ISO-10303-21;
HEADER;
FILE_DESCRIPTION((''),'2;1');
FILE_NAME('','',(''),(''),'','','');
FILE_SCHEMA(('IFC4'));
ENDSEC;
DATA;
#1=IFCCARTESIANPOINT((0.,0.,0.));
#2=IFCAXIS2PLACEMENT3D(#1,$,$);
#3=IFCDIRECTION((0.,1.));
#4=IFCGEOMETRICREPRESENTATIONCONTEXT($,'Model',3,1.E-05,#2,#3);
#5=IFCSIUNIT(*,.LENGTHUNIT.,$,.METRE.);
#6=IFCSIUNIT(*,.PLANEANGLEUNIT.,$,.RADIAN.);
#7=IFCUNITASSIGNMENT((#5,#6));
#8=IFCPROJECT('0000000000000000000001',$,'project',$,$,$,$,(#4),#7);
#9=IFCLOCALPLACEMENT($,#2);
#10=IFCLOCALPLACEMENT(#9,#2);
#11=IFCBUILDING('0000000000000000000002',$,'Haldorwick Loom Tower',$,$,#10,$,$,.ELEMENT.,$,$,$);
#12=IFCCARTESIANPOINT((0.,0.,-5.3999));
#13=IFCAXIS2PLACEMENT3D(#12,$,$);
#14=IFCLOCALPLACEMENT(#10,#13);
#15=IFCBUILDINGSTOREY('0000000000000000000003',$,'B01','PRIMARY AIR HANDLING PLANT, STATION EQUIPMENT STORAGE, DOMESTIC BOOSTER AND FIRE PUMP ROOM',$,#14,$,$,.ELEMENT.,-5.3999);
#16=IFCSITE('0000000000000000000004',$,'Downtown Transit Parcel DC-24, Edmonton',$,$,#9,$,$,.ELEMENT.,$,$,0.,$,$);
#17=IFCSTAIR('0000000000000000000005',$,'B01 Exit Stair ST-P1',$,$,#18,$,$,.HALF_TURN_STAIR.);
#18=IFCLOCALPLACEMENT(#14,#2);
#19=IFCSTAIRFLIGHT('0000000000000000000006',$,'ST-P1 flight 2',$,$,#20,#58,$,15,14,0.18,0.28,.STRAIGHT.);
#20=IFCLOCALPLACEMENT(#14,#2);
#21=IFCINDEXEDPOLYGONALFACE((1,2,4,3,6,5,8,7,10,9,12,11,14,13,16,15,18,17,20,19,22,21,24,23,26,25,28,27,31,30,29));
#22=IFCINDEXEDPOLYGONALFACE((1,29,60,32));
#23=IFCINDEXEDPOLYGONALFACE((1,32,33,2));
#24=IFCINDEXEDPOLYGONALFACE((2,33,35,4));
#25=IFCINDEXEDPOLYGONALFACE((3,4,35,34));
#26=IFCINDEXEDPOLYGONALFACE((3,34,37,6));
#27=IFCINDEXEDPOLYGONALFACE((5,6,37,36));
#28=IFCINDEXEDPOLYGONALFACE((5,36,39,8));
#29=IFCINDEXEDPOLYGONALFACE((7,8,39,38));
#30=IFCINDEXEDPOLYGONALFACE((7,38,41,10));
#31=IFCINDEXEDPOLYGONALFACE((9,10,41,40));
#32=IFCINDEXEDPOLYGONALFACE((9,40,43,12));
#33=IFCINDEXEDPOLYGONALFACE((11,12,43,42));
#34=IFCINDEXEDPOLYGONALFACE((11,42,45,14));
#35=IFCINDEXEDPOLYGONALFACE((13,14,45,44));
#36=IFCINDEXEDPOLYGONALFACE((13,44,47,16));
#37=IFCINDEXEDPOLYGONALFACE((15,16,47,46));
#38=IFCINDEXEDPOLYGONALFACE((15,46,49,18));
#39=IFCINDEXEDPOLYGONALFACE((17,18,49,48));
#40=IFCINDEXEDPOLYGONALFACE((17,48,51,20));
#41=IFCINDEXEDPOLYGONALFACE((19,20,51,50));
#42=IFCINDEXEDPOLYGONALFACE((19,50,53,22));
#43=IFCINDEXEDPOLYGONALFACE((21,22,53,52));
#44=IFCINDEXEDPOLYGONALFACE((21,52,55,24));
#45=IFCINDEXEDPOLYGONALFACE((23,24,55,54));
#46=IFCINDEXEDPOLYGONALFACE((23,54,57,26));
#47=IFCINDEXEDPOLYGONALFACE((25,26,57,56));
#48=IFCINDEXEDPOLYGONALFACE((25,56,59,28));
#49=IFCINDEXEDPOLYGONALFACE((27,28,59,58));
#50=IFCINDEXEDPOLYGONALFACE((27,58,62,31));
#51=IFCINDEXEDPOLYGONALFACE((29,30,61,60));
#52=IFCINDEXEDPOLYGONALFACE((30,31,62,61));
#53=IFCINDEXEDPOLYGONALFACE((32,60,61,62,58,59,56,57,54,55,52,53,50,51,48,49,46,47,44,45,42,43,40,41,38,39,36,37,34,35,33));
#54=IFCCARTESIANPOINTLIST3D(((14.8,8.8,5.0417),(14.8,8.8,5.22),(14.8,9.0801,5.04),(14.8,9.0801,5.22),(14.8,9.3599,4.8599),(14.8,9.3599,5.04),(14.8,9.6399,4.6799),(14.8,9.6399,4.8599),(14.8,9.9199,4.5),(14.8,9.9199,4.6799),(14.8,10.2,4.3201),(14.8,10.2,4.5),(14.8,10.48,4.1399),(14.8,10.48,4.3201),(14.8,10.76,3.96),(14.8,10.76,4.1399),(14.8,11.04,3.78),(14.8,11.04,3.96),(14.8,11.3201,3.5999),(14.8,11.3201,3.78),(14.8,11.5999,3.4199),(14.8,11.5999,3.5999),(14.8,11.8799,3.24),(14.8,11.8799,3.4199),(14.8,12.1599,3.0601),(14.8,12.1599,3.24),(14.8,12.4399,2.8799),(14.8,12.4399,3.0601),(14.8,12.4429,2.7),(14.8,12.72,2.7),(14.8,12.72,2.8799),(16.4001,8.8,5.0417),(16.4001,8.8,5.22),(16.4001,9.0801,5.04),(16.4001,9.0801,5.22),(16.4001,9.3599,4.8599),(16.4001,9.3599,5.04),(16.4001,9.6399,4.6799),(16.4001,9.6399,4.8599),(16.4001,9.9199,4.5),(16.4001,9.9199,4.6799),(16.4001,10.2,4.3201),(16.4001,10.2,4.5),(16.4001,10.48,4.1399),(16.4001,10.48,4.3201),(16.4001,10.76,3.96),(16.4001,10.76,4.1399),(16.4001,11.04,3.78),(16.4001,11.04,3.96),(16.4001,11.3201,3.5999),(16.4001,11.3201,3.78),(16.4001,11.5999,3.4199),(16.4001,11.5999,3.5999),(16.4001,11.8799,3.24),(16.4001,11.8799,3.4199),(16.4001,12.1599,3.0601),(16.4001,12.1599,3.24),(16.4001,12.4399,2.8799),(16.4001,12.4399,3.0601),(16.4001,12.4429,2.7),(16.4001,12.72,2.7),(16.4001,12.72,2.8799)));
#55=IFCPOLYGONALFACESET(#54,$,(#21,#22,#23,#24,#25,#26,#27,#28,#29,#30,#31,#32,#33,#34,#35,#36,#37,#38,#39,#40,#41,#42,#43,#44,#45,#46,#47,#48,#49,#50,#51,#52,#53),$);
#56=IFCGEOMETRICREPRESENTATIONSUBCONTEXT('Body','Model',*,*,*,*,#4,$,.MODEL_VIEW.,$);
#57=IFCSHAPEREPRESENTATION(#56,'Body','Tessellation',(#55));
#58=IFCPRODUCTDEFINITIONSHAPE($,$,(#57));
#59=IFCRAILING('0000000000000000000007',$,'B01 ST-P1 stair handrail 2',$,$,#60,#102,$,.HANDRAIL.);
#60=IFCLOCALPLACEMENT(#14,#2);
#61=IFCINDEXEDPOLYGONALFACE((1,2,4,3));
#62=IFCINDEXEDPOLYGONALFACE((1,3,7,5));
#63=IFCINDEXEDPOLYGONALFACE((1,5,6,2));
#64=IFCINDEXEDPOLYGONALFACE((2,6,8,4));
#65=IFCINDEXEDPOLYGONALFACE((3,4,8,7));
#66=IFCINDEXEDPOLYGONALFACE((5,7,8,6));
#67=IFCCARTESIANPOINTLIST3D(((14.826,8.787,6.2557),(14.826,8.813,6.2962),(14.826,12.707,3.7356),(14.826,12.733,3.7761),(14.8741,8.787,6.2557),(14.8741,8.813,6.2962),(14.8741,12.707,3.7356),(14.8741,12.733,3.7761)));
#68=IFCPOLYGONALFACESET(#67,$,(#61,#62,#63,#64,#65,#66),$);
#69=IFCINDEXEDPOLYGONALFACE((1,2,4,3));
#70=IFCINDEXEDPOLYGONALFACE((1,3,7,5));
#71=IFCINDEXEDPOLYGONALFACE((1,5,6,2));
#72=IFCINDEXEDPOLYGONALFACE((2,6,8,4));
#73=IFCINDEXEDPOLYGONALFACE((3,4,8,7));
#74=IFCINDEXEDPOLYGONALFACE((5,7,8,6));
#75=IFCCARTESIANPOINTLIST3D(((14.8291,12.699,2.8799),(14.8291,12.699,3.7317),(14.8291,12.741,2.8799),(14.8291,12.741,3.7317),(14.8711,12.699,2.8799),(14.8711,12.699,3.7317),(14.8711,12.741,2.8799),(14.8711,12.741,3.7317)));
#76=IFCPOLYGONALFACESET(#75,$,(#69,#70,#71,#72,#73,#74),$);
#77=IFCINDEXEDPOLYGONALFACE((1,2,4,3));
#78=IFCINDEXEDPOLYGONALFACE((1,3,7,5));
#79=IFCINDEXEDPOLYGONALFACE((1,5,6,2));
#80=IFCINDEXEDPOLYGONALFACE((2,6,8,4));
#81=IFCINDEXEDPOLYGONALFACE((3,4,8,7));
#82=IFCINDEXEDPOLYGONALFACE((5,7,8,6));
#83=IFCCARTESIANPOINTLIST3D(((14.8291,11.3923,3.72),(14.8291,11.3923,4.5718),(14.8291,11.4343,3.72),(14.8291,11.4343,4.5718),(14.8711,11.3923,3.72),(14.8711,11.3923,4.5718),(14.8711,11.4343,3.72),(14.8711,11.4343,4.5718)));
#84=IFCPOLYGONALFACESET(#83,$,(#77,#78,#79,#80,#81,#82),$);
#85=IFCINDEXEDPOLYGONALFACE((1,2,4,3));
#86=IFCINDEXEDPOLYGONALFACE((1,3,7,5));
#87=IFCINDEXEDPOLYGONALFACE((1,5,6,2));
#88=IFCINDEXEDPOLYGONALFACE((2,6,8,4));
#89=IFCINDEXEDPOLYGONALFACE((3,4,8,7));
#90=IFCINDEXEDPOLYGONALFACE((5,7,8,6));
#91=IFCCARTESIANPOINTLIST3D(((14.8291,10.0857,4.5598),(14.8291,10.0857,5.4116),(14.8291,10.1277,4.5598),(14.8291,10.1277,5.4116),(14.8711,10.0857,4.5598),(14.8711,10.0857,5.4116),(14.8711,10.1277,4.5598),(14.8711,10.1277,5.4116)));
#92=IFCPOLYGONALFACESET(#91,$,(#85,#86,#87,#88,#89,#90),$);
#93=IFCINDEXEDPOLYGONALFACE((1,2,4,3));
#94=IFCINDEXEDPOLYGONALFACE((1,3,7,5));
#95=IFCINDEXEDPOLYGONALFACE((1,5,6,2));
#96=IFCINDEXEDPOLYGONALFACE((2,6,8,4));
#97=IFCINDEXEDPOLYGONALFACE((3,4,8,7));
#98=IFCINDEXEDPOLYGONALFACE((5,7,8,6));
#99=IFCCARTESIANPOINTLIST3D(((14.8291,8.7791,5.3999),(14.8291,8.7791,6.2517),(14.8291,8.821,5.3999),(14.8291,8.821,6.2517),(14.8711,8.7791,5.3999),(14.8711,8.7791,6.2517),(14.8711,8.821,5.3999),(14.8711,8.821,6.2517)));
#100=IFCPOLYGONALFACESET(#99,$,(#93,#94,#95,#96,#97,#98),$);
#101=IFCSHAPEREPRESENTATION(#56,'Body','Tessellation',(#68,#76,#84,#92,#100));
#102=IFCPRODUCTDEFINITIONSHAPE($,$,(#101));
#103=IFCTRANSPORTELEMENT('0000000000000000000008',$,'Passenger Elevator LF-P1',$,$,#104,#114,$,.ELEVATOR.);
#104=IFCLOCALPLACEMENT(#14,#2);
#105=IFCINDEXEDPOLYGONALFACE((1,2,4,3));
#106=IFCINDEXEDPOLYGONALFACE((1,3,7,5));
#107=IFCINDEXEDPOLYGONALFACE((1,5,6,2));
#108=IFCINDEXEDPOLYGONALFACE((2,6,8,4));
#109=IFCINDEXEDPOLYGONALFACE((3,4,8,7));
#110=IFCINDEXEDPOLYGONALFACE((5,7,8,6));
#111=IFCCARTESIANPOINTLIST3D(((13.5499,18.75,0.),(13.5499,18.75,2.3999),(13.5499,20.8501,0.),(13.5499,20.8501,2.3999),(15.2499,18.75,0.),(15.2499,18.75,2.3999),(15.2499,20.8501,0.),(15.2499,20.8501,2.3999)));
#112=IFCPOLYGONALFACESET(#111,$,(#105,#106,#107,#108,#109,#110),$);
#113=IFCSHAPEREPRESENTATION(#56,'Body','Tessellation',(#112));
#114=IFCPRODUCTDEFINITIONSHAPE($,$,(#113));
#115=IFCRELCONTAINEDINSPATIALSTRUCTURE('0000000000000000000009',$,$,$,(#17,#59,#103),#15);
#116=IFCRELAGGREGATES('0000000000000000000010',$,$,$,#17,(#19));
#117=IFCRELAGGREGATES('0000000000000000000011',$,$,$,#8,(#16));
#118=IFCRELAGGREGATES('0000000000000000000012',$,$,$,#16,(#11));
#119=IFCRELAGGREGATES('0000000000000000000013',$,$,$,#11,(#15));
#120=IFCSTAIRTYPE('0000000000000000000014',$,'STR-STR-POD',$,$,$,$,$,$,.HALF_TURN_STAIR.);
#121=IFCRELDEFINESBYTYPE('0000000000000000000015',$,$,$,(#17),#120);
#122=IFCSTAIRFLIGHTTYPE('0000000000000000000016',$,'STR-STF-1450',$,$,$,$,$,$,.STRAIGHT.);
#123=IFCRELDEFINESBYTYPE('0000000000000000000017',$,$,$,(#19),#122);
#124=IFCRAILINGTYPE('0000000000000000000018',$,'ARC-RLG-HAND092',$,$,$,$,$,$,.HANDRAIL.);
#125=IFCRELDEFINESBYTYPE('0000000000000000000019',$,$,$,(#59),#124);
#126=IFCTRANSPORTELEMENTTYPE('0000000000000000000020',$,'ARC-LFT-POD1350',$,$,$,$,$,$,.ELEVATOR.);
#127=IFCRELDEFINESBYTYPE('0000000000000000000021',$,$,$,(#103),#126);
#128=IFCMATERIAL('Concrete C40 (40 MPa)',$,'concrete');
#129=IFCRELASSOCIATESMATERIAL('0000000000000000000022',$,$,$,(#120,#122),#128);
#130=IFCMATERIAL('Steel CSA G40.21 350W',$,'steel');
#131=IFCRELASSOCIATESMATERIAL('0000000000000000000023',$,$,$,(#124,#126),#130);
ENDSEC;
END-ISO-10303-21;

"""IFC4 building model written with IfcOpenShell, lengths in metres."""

from ifc_helpers import new_model, si_unit, direction, frame, origin, origin_2d, place, context, subcontext, project, spatial, polyline, rectangle, outline, extrude, material, type_object, element, aggregate, save


model = new_model("IFC4")

# Units and contexts
model_context = context("Model", 3, precision=1e-05, world=origin(), true_north=direction((0.0, 1.0)))
body_context = subcontext(model_context, "Body", "Model", "MODEL_VIEW")
ifc_project = project(units=[si_unit("LENGTHUNIT", "METRE"), si_unit("PLANEANGLEUNIT", "RADIAN")], contexts=[model_context])

# Site, building, storey
site_placement = place(None, origin())
site = spatial("IfcSite", under=ifc_project, at=site_placement, Name="Downtown Transit Parcel DC-24, Edmonton", CompositionType="ELEMENT", RefElevation=0.0)
building_placement = place(site_placement, origin())
building = spatial("IfcBuilding", under=site, at=building_placement, Name="Haldorwick Loom Tower", CompositionType="ELEMENT")
storey_placement = place(building_placement, frame((0.0, 0.0, -5.3999)))
storey = spatial("IfcBuildingStorey", under=building, at=storey_placement, Name="B01", Description="PRIMARY AIR HANDLING PLANT, STATION EQUIPMENT STORAGE, DOMESTIC BOOSTER AND FIRE PUMP ROOM", CompositionType="ELEMENT", Elevation=-5.3999)

# Shared definitions
ifc_material_1 = material(Name="Steel CSA G40.21 350W", Category="steel")

# Stair, stair flight
ifc_material_2 = material(Name="Concrete C40 (40 MPa)", Category="concrete")
stair_type = type_object("IfcStairType", Name="STR-STR-POD", PredefinedType="HALF_TURN_STAIR", material=ifc_material_2)
stair_placement = place(storey_placement, origin())
stair = element("IfcStair", 1, at=stair_placement, inside=storey, type_object=stair_type, Name="B01 Exit Stair ST-P1", PredefinedType="HALF_TURN_STAIR")
stair_flight_type = type_object("IfcStairFlightType", Name="STR-STF-1450", PredefinedType="STRAIGHT", material=ifc_material_2)
stair_flight_placement = place(storey_placement, frame((15.6001, 12.72, 2.7), z_axis=(0.0, 0.0, 1.0), x_axis=(0.0, -1.0, 0.0)))
stair_flight = element("IfcStairFlight", 2, at=stair_flight_placement, type_object=stair_flight_type, Name="ST-P1 flight 2", NumberOfRisers=15, NumberOfTreads=14, PredefinedType="STRAIGHT", RiserHeight=0.18, TreadLength=0.28, context=body_context, shape_type="SweptSolid", body=[
    extrude(outline(polyline([(0.0, 0.0), (0.0, 0.1799), (0.28, 0.1799), (0.28, 0.3601), (0.5601, 0.3601), (0.5601, 0.54), (0.8401, 0.54), (0.8401, 0.72), (1.1201, 0.72), (1.1201, 0.8999), (1.3999, 0.8999), (1.3999, 1.0801), (1.6799, 1.0801), (1.6799, 1.26), (1.96, 1.26), (1.96, 1.4399), (2.24, 1.4399), (2.24, 1.6201), (2.52, 1.6201), (2.52, 1.8), (2.8, 1.8), (2.8, 1.98), (3.0801, 1.98), (3.0801, 2.1599), (3.3601, 2.1599), (3.3601, 2.3401), (3.6399, 2.3401), (3.6399, 2.52), (3.9199, 2.52), (3.9199, 2.7), (3.9199, 2.3418), (0.2771, 0.0), (0.0, 0.0)])), frame((0.0, 0.8, 0.0), z_axis=(0.0, -1.0, 0.0), x_axis=(1.0, 0.0, 0.0)), (0.0, 0.0, 1.0), 1.6001),
])
aggregate(stair, [stair_flight])

# Railing
railing_type = type_object("IfcRailingType", Name="ARC-RLG-HAND092", PredefinedType="HANDRAIL", material=ifc_material_1)
railing_placement = place(storey_placement, frame((14.8501, 12.72, 2.8799)))
element("IfcRailing", 3, at=railing_placement, inside=storey, type_object=railing_type, Name="B01 ST-P1 stair handrail 2", PredefinedType="HANDRAIL", context=body_context, shape_type="SweptSolid", body=[
    extrude(rectangle(XDim=0.0481, YDim=0.0481, at=origin_2d()), frame((0.0, 0.0, 0.876), z_axis=(0.0, -0.841172, 0.540768), x_axis=(1.0, 0.0, 0.0)), (0.0, 0.0, 1.0), 4.6602),
    extrude(rectangle(XDim=0.042, YDim=0.042, at=origin_2d()), origin(), (0.0, 0.0, 1.0), 0.8518),
    extrude(rectangle(XDim=0.042, YDim=0.042, at=origin_2d()), frame((0.0, -1.3066, 0.8401)), (0.0, 0.0, 1.0), 0.8518),
    extrude(rectangle(XDim=0.042, YDim=0.042, at=origin_2d()), frame((0.0, -2.6133, 1.6799)), (0.0, 0.0, 1.0), 0.8518),
    extrude(rectangle(XDim=0.042, YDim=0.042, at=origin_2d()), frame((0.0, -3.9199, 2.52)), (0.0, 0.0, 1.0), 0.8518),
])

# Transport element
transport_element_type = type_object("IfcTransportElementType", Name="ARC-LFT-POD1350", PredefinedType="ELEVATOR", material=ifc_material_1)
transport_element_placement = place(storey_placement, frame((14.3999, 19.8, 0.0), z_axis=(0.0, 0.0, 1.0), x_axis=(1.0, 0.0, 0.0)))
element("IfcTransportElement", 4, at=transport_element_placement, inside=storey, type_object=transport_element_type, Name="Passenger Elevator LF-P1", PredefinedType="ELEVATOR", context=body_context, shape_type="SweptSolid", body=[
    extrude(rectangle(XDim=1.7, YDim=2.1001, at=origin_2d()), origin(), (0.0, 0.0, 1.0), 2.3999),
])

save(model, "model.ifc")
